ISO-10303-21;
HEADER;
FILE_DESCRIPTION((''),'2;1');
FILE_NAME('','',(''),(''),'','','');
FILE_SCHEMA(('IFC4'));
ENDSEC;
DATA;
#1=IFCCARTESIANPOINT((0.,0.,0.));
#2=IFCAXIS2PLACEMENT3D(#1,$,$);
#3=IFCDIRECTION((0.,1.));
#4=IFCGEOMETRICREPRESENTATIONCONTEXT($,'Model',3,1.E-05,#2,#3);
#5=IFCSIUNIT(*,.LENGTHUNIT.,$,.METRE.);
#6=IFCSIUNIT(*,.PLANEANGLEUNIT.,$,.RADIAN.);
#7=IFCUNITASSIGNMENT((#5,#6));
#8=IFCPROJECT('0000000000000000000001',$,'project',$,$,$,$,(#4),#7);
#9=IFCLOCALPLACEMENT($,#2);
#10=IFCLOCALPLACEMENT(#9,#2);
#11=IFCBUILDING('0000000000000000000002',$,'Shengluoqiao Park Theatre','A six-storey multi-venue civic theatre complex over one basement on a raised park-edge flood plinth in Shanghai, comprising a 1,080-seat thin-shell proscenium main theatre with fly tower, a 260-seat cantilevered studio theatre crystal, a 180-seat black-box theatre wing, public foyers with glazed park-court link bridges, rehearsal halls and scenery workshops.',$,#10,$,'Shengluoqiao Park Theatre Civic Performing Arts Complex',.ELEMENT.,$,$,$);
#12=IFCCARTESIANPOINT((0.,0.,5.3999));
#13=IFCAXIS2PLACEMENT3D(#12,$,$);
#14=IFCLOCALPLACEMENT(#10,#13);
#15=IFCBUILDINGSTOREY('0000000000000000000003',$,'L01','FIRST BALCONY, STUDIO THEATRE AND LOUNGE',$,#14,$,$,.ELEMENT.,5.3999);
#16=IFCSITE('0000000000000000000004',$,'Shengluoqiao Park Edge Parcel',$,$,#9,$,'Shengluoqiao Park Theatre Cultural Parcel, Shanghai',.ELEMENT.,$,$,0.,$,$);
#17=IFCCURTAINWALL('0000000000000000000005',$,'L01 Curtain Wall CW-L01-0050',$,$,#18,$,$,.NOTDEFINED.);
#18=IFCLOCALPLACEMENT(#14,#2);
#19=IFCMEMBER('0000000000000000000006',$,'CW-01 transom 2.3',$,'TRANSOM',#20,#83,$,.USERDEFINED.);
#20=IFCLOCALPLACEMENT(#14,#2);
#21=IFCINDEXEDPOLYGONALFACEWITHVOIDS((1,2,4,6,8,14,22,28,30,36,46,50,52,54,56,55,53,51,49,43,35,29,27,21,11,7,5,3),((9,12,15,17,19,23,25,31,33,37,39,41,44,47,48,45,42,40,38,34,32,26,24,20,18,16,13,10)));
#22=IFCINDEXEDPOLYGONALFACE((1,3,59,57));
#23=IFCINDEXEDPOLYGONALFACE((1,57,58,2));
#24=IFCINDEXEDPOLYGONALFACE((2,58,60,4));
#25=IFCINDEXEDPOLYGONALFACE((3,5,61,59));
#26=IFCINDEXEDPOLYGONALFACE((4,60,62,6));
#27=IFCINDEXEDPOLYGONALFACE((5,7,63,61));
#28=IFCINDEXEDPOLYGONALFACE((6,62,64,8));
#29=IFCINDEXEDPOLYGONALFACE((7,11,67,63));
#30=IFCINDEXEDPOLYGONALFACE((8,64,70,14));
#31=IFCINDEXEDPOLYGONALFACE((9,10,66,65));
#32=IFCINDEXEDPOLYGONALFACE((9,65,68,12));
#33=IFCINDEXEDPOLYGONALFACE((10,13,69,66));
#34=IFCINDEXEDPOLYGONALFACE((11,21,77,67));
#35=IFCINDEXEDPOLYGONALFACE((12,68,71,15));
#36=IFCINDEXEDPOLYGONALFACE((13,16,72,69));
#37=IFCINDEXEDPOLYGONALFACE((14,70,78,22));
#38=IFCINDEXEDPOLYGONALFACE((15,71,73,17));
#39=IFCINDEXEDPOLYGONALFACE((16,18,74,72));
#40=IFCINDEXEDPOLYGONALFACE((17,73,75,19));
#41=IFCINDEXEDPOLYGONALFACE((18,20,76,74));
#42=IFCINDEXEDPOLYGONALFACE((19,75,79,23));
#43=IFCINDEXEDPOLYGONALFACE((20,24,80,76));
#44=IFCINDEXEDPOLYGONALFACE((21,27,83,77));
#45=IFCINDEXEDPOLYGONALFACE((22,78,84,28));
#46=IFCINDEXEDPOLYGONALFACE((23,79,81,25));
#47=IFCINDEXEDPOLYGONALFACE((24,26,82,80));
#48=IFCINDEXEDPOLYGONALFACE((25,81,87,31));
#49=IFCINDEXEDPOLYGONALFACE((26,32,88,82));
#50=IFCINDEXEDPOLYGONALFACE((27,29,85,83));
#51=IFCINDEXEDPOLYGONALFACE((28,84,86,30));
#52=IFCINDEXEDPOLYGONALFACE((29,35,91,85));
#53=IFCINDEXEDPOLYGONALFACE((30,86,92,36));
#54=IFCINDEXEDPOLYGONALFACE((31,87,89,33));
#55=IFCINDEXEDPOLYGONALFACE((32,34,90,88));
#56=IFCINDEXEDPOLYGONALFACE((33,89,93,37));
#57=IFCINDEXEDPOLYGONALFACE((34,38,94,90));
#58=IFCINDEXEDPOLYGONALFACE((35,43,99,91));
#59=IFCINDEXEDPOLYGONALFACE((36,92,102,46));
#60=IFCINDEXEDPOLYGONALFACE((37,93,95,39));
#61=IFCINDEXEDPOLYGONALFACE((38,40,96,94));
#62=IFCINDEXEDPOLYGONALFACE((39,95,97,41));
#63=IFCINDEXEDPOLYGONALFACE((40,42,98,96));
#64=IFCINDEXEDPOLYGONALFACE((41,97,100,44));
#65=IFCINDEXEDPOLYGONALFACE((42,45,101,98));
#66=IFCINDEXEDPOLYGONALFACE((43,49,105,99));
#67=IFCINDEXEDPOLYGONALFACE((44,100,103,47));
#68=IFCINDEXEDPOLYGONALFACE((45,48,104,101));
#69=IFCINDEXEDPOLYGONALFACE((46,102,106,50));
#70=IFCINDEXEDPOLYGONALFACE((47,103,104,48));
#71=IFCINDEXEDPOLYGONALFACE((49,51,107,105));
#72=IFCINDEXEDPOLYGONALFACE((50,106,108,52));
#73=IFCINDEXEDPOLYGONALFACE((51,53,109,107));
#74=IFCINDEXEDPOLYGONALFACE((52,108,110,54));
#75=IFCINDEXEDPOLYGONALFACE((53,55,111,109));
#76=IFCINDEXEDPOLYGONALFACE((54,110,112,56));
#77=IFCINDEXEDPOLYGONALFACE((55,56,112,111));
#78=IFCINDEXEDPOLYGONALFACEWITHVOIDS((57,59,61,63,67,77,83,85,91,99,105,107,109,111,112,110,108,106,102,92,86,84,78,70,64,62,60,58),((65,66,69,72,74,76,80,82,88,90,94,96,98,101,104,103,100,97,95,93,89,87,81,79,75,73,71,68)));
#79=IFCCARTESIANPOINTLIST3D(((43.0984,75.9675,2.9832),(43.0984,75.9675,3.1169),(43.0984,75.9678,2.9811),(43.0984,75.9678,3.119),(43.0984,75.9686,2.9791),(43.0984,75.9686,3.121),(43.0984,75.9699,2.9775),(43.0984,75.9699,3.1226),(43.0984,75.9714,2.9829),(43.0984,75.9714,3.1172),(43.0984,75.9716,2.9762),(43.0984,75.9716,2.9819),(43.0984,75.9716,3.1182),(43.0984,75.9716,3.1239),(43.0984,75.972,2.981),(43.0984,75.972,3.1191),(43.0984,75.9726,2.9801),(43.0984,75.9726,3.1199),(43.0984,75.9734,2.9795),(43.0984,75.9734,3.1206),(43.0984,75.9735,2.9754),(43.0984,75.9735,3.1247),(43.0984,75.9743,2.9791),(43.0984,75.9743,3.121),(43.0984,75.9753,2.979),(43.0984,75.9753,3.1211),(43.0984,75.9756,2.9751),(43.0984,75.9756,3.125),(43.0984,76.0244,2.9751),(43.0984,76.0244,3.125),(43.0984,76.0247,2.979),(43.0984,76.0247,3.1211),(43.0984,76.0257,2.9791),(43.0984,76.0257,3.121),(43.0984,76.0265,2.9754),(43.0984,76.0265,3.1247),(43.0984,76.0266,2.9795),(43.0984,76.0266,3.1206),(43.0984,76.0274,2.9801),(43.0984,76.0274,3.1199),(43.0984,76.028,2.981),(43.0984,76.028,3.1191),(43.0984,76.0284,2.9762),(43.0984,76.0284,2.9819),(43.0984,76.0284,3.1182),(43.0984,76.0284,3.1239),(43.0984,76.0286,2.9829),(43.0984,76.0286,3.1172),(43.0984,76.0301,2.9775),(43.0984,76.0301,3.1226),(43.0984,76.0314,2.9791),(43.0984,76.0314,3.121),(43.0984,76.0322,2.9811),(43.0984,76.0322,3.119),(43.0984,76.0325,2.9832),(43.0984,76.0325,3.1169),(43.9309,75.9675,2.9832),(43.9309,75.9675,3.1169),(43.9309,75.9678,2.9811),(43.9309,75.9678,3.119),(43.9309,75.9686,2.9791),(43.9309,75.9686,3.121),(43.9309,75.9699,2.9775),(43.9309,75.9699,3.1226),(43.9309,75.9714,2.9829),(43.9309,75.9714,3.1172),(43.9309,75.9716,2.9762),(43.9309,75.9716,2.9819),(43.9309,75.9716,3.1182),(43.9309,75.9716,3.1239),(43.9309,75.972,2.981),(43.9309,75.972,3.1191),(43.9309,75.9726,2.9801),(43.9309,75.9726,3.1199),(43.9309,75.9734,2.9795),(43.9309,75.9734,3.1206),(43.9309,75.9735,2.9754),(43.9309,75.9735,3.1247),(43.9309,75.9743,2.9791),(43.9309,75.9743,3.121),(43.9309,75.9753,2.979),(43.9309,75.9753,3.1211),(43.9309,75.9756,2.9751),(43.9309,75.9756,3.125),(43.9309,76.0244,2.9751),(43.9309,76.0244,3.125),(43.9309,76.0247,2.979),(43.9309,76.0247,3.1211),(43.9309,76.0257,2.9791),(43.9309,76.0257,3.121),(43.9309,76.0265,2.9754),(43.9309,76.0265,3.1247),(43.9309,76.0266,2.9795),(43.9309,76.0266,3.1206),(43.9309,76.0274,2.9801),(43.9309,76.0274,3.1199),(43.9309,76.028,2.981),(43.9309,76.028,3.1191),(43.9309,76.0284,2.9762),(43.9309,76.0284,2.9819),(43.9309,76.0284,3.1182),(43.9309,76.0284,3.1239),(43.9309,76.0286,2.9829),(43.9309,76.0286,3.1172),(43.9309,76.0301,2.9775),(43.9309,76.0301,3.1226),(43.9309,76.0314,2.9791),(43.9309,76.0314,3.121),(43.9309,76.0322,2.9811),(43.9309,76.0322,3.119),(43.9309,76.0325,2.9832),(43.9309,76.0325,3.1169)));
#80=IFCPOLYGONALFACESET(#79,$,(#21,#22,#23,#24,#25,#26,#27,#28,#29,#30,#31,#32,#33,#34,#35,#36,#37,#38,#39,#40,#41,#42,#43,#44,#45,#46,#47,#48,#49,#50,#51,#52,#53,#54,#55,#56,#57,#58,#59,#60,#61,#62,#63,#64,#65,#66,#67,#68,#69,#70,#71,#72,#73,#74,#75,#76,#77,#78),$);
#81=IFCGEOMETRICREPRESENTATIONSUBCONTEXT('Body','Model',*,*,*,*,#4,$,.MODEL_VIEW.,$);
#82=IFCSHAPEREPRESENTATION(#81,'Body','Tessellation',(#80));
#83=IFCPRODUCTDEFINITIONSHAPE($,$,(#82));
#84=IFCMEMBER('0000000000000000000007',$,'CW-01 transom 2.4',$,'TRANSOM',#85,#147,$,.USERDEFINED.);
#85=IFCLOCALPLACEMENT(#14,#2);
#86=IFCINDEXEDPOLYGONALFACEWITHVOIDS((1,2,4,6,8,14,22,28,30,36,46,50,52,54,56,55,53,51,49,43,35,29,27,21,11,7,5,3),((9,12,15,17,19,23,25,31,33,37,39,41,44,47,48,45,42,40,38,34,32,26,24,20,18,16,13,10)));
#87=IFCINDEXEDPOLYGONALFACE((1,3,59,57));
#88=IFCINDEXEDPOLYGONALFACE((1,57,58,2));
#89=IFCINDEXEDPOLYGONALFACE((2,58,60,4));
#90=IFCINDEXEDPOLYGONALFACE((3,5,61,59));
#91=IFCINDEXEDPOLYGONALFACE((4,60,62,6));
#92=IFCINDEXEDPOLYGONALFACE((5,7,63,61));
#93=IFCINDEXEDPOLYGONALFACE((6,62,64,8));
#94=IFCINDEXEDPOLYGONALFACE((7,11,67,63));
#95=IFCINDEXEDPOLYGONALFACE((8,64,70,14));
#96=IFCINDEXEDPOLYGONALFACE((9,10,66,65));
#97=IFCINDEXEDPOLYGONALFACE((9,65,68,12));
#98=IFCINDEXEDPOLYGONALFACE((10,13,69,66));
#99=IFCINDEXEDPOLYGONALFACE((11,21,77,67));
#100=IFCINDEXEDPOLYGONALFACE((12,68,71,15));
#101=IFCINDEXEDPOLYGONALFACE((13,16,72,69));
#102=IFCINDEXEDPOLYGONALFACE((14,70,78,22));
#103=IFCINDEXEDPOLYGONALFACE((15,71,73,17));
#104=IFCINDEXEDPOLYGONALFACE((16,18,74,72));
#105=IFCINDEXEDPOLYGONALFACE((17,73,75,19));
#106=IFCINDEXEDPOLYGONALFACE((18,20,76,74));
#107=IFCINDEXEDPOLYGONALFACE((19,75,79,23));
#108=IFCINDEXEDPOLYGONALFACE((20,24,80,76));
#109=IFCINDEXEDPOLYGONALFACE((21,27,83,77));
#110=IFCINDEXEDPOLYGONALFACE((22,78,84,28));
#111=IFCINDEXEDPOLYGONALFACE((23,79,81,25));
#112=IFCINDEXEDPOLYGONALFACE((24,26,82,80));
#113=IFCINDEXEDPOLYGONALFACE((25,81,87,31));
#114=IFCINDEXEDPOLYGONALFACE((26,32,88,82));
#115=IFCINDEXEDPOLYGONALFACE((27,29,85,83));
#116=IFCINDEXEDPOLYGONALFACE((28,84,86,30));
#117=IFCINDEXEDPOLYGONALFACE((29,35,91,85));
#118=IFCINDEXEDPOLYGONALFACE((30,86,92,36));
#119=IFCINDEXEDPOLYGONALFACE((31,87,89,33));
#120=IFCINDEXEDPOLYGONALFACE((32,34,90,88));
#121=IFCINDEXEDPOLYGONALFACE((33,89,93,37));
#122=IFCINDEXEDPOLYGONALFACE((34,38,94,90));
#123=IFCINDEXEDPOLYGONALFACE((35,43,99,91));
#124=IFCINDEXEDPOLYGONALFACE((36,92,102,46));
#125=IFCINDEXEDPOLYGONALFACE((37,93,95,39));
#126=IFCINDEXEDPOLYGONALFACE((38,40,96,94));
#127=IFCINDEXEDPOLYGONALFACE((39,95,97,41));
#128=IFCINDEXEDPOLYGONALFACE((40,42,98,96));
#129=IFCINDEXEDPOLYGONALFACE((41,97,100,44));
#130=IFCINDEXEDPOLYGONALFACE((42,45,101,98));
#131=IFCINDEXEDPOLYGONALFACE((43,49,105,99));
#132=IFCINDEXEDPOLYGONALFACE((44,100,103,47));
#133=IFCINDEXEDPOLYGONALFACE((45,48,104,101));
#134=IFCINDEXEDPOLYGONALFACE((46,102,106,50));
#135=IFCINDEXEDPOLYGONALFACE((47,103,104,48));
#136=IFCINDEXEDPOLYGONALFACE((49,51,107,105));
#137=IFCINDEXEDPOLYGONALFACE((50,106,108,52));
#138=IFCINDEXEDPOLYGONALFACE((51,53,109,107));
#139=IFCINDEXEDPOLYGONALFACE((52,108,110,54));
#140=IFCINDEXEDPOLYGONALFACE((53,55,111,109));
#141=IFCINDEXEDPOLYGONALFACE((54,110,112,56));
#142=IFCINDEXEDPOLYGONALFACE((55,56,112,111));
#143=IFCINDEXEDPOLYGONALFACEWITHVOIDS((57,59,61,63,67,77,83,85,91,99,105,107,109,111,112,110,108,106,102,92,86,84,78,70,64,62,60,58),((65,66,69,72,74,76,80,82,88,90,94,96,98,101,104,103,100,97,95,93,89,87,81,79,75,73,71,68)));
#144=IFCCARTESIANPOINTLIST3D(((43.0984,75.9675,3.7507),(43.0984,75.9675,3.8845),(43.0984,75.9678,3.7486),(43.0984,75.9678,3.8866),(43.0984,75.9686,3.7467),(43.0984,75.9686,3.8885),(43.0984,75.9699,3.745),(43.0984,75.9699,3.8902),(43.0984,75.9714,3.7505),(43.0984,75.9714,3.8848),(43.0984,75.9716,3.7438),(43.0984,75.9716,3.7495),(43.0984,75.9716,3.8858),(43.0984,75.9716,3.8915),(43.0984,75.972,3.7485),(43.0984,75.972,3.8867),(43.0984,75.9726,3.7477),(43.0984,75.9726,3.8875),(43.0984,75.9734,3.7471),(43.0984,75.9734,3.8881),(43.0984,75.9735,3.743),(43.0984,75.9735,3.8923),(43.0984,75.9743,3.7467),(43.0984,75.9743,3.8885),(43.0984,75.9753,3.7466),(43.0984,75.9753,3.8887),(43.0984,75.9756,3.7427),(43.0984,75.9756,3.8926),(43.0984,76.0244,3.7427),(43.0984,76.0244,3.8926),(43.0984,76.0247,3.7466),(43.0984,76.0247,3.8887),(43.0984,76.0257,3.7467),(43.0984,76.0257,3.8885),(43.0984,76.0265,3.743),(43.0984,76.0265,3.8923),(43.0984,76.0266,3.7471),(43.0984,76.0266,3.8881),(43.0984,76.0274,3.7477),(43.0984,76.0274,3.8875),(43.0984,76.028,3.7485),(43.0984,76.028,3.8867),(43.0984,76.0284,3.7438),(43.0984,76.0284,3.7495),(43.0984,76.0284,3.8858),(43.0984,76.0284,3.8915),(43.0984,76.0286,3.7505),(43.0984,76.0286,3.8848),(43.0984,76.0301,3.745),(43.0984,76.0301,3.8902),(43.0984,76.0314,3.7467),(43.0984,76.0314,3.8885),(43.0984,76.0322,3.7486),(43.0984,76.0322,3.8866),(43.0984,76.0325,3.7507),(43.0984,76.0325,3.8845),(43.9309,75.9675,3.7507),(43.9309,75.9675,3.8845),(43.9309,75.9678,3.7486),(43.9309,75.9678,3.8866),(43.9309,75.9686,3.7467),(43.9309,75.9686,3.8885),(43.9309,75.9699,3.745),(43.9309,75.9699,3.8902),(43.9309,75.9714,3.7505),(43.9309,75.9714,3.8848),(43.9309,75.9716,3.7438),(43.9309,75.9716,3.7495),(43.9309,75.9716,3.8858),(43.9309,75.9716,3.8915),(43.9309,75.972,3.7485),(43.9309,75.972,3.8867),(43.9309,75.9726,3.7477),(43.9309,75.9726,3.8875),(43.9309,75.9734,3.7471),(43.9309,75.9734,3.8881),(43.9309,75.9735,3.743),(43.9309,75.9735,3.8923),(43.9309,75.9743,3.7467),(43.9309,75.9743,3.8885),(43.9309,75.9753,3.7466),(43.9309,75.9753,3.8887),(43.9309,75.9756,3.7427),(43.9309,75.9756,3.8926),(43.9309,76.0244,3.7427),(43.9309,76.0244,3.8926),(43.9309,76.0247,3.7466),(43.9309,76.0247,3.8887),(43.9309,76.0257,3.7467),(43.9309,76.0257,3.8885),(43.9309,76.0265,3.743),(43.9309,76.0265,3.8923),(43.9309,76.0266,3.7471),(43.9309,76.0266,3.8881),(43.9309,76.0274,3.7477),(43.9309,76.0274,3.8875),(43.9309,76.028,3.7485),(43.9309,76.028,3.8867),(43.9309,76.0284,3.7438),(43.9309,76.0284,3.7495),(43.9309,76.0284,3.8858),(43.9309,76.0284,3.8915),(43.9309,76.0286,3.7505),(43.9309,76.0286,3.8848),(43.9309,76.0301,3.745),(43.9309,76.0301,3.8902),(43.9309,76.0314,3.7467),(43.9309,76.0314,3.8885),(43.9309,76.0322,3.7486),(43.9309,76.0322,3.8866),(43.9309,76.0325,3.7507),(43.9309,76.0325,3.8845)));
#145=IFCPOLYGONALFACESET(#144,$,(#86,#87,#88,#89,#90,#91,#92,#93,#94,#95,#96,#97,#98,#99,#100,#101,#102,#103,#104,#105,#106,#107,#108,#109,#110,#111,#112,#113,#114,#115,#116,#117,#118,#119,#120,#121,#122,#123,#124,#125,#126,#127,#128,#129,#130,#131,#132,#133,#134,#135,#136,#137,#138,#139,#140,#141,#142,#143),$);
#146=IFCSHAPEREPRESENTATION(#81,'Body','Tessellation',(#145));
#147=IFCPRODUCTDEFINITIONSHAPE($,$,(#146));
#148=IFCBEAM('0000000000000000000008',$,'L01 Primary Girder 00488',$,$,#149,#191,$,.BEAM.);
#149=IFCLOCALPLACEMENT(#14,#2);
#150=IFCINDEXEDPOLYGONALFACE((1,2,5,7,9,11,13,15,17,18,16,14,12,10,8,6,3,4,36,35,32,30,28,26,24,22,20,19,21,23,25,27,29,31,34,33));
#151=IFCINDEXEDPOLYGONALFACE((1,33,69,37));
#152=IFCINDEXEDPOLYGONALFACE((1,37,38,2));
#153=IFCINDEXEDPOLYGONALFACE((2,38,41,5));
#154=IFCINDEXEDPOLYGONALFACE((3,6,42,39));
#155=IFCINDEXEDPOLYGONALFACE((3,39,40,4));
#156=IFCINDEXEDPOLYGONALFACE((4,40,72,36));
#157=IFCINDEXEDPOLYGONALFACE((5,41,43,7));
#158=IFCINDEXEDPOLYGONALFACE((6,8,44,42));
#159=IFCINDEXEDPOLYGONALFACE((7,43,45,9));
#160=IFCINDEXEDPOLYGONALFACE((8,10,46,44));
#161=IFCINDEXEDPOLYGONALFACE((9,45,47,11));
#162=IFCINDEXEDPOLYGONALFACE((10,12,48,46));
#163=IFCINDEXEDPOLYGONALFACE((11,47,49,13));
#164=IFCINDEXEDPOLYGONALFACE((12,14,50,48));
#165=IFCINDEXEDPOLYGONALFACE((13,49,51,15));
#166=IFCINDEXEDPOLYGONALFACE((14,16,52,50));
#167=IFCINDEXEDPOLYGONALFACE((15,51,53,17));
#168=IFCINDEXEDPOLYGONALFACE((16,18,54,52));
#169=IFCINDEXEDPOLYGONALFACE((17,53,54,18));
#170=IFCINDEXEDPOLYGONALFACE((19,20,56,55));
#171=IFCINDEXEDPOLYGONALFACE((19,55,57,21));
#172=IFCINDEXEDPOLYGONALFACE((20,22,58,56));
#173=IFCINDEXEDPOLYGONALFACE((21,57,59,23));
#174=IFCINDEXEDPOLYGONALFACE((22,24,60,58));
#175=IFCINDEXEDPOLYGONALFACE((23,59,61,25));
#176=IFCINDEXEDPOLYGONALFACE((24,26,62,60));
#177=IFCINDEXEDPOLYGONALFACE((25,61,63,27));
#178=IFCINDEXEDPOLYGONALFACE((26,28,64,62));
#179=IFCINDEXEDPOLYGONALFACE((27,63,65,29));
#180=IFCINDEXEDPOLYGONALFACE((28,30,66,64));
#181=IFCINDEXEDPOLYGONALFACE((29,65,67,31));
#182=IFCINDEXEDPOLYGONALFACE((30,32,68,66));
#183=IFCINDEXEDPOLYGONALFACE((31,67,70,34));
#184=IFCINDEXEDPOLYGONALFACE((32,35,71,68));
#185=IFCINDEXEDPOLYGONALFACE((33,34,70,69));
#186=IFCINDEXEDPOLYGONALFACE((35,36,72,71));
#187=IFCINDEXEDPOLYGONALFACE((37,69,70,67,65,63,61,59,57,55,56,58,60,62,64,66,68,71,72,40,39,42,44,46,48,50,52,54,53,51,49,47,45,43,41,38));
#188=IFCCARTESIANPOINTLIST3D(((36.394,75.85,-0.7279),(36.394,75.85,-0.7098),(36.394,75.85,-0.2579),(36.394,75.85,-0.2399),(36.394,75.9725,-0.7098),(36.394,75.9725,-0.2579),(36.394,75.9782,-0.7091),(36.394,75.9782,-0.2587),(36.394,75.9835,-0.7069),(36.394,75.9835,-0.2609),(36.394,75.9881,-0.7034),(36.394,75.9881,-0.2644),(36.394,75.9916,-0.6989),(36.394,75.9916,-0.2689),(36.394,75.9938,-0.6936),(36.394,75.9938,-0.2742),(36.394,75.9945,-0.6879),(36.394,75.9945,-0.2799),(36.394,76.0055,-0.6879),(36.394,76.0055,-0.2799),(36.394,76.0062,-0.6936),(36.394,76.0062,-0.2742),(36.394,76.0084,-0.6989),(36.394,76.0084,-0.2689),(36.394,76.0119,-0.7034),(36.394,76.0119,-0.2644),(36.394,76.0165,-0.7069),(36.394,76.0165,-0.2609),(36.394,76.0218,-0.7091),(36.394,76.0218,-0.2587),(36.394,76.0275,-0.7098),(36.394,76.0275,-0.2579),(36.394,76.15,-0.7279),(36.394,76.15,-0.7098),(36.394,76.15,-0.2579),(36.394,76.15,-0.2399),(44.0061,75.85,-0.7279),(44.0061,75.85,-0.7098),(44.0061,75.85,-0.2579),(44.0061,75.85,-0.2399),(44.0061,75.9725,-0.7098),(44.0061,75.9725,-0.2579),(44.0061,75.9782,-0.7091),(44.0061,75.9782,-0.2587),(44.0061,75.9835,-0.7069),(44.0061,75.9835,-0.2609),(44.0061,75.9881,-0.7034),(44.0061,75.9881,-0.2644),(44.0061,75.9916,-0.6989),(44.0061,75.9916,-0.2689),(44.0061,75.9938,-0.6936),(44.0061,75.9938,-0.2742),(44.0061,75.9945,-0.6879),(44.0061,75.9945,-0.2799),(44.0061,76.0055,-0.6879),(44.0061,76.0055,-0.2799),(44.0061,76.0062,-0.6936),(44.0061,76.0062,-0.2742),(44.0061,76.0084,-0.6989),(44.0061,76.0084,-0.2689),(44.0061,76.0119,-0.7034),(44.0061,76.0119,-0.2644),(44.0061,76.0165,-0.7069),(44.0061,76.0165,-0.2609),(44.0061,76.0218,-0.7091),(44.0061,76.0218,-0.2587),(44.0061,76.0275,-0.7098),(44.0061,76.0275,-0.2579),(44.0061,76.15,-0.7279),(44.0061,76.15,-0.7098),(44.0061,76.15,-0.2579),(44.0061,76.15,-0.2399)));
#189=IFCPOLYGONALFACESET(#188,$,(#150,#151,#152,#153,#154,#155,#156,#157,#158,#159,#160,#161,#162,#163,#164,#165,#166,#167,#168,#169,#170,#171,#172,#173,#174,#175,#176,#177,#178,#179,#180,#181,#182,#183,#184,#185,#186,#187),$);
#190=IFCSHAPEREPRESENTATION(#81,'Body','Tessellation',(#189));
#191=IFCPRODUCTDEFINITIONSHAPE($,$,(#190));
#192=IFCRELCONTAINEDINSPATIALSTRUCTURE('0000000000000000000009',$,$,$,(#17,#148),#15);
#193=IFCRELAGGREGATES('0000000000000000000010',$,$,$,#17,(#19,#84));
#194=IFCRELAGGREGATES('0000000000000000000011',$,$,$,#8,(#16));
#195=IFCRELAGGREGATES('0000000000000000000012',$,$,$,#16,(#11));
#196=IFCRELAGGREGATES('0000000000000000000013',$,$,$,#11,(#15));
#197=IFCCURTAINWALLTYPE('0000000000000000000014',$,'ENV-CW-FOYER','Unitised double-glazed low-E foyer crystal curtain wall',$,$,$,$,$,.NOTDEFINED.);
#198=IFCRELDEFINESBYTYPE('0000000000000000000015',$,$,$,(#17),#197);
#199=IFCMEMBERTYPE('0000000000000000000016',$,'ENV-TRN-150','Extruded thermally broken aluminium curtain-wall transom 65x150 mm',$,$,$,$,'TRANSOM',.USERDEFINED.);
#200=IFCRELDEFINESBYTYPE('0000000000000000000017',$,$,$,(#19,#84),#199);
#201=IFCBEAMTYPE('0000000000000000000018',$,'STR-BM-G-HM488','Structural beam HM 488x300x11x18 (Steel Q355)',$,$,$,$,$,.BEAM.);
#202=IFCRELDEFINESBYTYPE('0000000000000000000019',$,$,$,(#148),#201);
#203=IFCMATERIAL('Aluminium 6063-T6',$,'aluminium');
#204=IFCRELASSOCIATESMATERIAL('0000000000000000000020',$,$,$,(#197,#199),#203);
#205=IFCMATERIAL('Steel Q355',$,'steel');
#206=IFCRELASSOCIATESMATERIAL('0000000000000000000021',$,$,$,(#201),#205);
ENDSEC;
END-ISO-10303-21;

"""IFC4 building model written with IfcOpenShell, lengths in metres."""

from ifc_helpers import new_model, si_unit, direction, frame, origin, origin_2d, place, context, subcontext, project, spatial, hollow_rectangle, i_section, extrude, material, material_profile, profile_set, type_object, element, aggregate, save


model = new_model("IFC4")

# Units and contexts
model_context = context("Model", 3, precision=1e-05, world=origin(), true_north=direction((0.0, 1.0)))
body_context = subcontext(model_context, "Body", "Model", "MODEL_VIEW")
ifc_project = project(units=[si_unit("LENGTHUNIT", "METRE"), si_unit("PLANEANGLEUNIT", "RADIAN")], contexts=[model_context])

# Site, building, storey
site_placement = place(None, origin())
site = spatial("IfcSite", under=ifc_project, at=site_placement, Name="Shengluoqiao Park Edge Parcel", LongName="Shengluoqiao Park Theatre Cultural Parcel, Shanghai", CompositionType="ELEMENT", RefElevation=0.0)
building_placement = place(site_placement, origin())
building = spatial("IfcBuilding", under=site, at=building_placement, Name="Shengluoqiao Park Theatre", Description="A six-storey multi-venue civic theatre complex over one basement on a raised park-edge flood plinth in Shanghai, comprising a 1,080-seat thin-shell proscenium main theatre with fly tower, a 260-seat cantilevered studio theatre crystal, a 180-seat black-box theatre wing, public foyers with glazed park-court link bridges, rehearsal halls and scenery workshops.", LongName="Shengluoqiao Park Theatre Civic Performing Arts Complex", CompositionType="ELEMENT")
storey_placement = place(building_placement, frame((0.0, 0.0, 5.3999)))
storey = spatial("IfcBuildingStorey", under=building, at=storey_placement, Name="L01", Description="FIRST BALCONY, STUDIO THEATRE AND LOUNGE", CompositionType="ELEMENT", Elevation=5.3999)

# Shared definitions
ifc_material_1 = material(Name="Steel Q355", Category="steel")

# Shared definitions
ifc_material_2 = material(Name="Aluminium 6063-T6", Category="aluminium")
curtain_wall_type = type_object("IfcCurtainWallType", Name="ENV-CW-FOYER", Description="Unitised double-glazed low-E foyer crystal curtain wall", PredefinedType="NOTDEFINED", material=ifc_material_2)

# Curtain wall
curtain_wall_1_placement = place(storey_placement, origin())
curtain_wall_1 = element("IfcCurtainWall", 1, at=curtain_wall_1_placement, inside=storey, type_object=curtain_wall_type, Name="L01 Curtain Wall CW-L01-0050", PredefinedType="NOTDEFINED")

# Members
ifc_material_profile_1 = material_profile(ifc_material_2, hollow_rectangle(XDim=0.0649, YDim=0.1499, WallThickness=0.0039, InnerFilletRadius=0.0039, OuterFilletRadius=0.0081, at=origin_2d()), Name="ALU TRANSOM 150x65x4")
ifc_profile_set_1 = profile_set([ifc_material_profile_1], Name="Aluminium 6063-T6")
member_type_1 = type_object("IfcMemberType", Name="ENV-TRN-150", Description="Extruded thermally broken aluminium curtain-wall transom 65x150 mm", ElementType="TRANSOM", PredefinedType="USERDEFINED", material=ifc_profile_set_1)
member_1_placement = place(storey_placement, frame((43.0984, 76.0, 3.05), z_axis=(1.0, 0.0, 0.0), x_axis=(0.0, 1.0, 0.0)))
member_1 = element("IfcMember", 2, at=member_1_placement, type_object=member_type_1, Name="CW-01 transom 2.3", ObjectType="TRANSOM", PredefinedType="USERDEFINED", context=body_context, shape_type="SweptSolid", body=[
    extrude(hollow_rectangle(XDim=0.0649, YDim=0.1499, WallThickness=0.0039, InnerFilletRadius=0.0039, OuterFilletRadius=0.0081, at=origin_2d()), origin(), (0.0, 0.0, 1.0), 0.8325),
])
member_2_placement = place(storey_placement, frame((43.0984, 76.0, 3.8176), z_axis=(1.0, 0.0, 0.0), x_axis=(0.0, 1.0, 0.0)))
member_2 = element("IfcMember", 3, at=member_2_placement, type_object=member_type_1, Name="CW-01 transom 2.4", ObjectType="TRANSOM", PredefinedType="USERDEFINED", context=body_context, shape_type="SweptSolid", body=[
    extrude(hollow_rectangle(XDim=0.0649, YDim=0.1499, WallThickness=0.0039, InnerFilletRadius=0.0039, OuterFilletRadius=0.0081, at=origin_2d()), origin(), (0.0, 0.0, 1.0), 0.8325),
])

# Beam
ifc_material_profile_2 = material_profile(ifc_material_1, i_section(OverallWidth=0.3, OverallDepth=0.488, WebThickness=0.011, FlangeThickness=0.0181, FilletRadius=0.022, at=origin_2d()), Name="HM 488x300x11x18")
ifc_profile_set_2 = profile_set([ifc_material_profile_2], Name="Steel Q355")
beam_type = type_object("IfcBeamType", Name="STR-BM-G-HM488", Description="Structural beam HM 488x300x11x18 (Steel Q355)", PredefinedType="BEAM", material=ifc_profile_set_2)
beam_placement = place(storey_placement, frame((36.394, 76.0, -0.4839), z_axis=(1.0, 0.0, 0.0), x_axis=(0.0, 1.0, 0.0)))
element("IfcBeam", 4, at=beam_placement, inside=storey, type_object=beam_type, Name="L01 Primary Girder 00488", PredefinedType="BEAM", context=body_context, shape_type="SweptSolid", body=[
    extrude(i_section(OverallWidth=0.3, OverallDepth=0.488, WebThickness=0.011, FlangeThickness=0.0181, FilletRadius=0.022, at=origin_2d()), origin(), (0.0, 0.0, 1.0), 7.6121),
])

aggregate(curtain_wall_1, [member_1, member_2])

save(model, "model.ifc")
